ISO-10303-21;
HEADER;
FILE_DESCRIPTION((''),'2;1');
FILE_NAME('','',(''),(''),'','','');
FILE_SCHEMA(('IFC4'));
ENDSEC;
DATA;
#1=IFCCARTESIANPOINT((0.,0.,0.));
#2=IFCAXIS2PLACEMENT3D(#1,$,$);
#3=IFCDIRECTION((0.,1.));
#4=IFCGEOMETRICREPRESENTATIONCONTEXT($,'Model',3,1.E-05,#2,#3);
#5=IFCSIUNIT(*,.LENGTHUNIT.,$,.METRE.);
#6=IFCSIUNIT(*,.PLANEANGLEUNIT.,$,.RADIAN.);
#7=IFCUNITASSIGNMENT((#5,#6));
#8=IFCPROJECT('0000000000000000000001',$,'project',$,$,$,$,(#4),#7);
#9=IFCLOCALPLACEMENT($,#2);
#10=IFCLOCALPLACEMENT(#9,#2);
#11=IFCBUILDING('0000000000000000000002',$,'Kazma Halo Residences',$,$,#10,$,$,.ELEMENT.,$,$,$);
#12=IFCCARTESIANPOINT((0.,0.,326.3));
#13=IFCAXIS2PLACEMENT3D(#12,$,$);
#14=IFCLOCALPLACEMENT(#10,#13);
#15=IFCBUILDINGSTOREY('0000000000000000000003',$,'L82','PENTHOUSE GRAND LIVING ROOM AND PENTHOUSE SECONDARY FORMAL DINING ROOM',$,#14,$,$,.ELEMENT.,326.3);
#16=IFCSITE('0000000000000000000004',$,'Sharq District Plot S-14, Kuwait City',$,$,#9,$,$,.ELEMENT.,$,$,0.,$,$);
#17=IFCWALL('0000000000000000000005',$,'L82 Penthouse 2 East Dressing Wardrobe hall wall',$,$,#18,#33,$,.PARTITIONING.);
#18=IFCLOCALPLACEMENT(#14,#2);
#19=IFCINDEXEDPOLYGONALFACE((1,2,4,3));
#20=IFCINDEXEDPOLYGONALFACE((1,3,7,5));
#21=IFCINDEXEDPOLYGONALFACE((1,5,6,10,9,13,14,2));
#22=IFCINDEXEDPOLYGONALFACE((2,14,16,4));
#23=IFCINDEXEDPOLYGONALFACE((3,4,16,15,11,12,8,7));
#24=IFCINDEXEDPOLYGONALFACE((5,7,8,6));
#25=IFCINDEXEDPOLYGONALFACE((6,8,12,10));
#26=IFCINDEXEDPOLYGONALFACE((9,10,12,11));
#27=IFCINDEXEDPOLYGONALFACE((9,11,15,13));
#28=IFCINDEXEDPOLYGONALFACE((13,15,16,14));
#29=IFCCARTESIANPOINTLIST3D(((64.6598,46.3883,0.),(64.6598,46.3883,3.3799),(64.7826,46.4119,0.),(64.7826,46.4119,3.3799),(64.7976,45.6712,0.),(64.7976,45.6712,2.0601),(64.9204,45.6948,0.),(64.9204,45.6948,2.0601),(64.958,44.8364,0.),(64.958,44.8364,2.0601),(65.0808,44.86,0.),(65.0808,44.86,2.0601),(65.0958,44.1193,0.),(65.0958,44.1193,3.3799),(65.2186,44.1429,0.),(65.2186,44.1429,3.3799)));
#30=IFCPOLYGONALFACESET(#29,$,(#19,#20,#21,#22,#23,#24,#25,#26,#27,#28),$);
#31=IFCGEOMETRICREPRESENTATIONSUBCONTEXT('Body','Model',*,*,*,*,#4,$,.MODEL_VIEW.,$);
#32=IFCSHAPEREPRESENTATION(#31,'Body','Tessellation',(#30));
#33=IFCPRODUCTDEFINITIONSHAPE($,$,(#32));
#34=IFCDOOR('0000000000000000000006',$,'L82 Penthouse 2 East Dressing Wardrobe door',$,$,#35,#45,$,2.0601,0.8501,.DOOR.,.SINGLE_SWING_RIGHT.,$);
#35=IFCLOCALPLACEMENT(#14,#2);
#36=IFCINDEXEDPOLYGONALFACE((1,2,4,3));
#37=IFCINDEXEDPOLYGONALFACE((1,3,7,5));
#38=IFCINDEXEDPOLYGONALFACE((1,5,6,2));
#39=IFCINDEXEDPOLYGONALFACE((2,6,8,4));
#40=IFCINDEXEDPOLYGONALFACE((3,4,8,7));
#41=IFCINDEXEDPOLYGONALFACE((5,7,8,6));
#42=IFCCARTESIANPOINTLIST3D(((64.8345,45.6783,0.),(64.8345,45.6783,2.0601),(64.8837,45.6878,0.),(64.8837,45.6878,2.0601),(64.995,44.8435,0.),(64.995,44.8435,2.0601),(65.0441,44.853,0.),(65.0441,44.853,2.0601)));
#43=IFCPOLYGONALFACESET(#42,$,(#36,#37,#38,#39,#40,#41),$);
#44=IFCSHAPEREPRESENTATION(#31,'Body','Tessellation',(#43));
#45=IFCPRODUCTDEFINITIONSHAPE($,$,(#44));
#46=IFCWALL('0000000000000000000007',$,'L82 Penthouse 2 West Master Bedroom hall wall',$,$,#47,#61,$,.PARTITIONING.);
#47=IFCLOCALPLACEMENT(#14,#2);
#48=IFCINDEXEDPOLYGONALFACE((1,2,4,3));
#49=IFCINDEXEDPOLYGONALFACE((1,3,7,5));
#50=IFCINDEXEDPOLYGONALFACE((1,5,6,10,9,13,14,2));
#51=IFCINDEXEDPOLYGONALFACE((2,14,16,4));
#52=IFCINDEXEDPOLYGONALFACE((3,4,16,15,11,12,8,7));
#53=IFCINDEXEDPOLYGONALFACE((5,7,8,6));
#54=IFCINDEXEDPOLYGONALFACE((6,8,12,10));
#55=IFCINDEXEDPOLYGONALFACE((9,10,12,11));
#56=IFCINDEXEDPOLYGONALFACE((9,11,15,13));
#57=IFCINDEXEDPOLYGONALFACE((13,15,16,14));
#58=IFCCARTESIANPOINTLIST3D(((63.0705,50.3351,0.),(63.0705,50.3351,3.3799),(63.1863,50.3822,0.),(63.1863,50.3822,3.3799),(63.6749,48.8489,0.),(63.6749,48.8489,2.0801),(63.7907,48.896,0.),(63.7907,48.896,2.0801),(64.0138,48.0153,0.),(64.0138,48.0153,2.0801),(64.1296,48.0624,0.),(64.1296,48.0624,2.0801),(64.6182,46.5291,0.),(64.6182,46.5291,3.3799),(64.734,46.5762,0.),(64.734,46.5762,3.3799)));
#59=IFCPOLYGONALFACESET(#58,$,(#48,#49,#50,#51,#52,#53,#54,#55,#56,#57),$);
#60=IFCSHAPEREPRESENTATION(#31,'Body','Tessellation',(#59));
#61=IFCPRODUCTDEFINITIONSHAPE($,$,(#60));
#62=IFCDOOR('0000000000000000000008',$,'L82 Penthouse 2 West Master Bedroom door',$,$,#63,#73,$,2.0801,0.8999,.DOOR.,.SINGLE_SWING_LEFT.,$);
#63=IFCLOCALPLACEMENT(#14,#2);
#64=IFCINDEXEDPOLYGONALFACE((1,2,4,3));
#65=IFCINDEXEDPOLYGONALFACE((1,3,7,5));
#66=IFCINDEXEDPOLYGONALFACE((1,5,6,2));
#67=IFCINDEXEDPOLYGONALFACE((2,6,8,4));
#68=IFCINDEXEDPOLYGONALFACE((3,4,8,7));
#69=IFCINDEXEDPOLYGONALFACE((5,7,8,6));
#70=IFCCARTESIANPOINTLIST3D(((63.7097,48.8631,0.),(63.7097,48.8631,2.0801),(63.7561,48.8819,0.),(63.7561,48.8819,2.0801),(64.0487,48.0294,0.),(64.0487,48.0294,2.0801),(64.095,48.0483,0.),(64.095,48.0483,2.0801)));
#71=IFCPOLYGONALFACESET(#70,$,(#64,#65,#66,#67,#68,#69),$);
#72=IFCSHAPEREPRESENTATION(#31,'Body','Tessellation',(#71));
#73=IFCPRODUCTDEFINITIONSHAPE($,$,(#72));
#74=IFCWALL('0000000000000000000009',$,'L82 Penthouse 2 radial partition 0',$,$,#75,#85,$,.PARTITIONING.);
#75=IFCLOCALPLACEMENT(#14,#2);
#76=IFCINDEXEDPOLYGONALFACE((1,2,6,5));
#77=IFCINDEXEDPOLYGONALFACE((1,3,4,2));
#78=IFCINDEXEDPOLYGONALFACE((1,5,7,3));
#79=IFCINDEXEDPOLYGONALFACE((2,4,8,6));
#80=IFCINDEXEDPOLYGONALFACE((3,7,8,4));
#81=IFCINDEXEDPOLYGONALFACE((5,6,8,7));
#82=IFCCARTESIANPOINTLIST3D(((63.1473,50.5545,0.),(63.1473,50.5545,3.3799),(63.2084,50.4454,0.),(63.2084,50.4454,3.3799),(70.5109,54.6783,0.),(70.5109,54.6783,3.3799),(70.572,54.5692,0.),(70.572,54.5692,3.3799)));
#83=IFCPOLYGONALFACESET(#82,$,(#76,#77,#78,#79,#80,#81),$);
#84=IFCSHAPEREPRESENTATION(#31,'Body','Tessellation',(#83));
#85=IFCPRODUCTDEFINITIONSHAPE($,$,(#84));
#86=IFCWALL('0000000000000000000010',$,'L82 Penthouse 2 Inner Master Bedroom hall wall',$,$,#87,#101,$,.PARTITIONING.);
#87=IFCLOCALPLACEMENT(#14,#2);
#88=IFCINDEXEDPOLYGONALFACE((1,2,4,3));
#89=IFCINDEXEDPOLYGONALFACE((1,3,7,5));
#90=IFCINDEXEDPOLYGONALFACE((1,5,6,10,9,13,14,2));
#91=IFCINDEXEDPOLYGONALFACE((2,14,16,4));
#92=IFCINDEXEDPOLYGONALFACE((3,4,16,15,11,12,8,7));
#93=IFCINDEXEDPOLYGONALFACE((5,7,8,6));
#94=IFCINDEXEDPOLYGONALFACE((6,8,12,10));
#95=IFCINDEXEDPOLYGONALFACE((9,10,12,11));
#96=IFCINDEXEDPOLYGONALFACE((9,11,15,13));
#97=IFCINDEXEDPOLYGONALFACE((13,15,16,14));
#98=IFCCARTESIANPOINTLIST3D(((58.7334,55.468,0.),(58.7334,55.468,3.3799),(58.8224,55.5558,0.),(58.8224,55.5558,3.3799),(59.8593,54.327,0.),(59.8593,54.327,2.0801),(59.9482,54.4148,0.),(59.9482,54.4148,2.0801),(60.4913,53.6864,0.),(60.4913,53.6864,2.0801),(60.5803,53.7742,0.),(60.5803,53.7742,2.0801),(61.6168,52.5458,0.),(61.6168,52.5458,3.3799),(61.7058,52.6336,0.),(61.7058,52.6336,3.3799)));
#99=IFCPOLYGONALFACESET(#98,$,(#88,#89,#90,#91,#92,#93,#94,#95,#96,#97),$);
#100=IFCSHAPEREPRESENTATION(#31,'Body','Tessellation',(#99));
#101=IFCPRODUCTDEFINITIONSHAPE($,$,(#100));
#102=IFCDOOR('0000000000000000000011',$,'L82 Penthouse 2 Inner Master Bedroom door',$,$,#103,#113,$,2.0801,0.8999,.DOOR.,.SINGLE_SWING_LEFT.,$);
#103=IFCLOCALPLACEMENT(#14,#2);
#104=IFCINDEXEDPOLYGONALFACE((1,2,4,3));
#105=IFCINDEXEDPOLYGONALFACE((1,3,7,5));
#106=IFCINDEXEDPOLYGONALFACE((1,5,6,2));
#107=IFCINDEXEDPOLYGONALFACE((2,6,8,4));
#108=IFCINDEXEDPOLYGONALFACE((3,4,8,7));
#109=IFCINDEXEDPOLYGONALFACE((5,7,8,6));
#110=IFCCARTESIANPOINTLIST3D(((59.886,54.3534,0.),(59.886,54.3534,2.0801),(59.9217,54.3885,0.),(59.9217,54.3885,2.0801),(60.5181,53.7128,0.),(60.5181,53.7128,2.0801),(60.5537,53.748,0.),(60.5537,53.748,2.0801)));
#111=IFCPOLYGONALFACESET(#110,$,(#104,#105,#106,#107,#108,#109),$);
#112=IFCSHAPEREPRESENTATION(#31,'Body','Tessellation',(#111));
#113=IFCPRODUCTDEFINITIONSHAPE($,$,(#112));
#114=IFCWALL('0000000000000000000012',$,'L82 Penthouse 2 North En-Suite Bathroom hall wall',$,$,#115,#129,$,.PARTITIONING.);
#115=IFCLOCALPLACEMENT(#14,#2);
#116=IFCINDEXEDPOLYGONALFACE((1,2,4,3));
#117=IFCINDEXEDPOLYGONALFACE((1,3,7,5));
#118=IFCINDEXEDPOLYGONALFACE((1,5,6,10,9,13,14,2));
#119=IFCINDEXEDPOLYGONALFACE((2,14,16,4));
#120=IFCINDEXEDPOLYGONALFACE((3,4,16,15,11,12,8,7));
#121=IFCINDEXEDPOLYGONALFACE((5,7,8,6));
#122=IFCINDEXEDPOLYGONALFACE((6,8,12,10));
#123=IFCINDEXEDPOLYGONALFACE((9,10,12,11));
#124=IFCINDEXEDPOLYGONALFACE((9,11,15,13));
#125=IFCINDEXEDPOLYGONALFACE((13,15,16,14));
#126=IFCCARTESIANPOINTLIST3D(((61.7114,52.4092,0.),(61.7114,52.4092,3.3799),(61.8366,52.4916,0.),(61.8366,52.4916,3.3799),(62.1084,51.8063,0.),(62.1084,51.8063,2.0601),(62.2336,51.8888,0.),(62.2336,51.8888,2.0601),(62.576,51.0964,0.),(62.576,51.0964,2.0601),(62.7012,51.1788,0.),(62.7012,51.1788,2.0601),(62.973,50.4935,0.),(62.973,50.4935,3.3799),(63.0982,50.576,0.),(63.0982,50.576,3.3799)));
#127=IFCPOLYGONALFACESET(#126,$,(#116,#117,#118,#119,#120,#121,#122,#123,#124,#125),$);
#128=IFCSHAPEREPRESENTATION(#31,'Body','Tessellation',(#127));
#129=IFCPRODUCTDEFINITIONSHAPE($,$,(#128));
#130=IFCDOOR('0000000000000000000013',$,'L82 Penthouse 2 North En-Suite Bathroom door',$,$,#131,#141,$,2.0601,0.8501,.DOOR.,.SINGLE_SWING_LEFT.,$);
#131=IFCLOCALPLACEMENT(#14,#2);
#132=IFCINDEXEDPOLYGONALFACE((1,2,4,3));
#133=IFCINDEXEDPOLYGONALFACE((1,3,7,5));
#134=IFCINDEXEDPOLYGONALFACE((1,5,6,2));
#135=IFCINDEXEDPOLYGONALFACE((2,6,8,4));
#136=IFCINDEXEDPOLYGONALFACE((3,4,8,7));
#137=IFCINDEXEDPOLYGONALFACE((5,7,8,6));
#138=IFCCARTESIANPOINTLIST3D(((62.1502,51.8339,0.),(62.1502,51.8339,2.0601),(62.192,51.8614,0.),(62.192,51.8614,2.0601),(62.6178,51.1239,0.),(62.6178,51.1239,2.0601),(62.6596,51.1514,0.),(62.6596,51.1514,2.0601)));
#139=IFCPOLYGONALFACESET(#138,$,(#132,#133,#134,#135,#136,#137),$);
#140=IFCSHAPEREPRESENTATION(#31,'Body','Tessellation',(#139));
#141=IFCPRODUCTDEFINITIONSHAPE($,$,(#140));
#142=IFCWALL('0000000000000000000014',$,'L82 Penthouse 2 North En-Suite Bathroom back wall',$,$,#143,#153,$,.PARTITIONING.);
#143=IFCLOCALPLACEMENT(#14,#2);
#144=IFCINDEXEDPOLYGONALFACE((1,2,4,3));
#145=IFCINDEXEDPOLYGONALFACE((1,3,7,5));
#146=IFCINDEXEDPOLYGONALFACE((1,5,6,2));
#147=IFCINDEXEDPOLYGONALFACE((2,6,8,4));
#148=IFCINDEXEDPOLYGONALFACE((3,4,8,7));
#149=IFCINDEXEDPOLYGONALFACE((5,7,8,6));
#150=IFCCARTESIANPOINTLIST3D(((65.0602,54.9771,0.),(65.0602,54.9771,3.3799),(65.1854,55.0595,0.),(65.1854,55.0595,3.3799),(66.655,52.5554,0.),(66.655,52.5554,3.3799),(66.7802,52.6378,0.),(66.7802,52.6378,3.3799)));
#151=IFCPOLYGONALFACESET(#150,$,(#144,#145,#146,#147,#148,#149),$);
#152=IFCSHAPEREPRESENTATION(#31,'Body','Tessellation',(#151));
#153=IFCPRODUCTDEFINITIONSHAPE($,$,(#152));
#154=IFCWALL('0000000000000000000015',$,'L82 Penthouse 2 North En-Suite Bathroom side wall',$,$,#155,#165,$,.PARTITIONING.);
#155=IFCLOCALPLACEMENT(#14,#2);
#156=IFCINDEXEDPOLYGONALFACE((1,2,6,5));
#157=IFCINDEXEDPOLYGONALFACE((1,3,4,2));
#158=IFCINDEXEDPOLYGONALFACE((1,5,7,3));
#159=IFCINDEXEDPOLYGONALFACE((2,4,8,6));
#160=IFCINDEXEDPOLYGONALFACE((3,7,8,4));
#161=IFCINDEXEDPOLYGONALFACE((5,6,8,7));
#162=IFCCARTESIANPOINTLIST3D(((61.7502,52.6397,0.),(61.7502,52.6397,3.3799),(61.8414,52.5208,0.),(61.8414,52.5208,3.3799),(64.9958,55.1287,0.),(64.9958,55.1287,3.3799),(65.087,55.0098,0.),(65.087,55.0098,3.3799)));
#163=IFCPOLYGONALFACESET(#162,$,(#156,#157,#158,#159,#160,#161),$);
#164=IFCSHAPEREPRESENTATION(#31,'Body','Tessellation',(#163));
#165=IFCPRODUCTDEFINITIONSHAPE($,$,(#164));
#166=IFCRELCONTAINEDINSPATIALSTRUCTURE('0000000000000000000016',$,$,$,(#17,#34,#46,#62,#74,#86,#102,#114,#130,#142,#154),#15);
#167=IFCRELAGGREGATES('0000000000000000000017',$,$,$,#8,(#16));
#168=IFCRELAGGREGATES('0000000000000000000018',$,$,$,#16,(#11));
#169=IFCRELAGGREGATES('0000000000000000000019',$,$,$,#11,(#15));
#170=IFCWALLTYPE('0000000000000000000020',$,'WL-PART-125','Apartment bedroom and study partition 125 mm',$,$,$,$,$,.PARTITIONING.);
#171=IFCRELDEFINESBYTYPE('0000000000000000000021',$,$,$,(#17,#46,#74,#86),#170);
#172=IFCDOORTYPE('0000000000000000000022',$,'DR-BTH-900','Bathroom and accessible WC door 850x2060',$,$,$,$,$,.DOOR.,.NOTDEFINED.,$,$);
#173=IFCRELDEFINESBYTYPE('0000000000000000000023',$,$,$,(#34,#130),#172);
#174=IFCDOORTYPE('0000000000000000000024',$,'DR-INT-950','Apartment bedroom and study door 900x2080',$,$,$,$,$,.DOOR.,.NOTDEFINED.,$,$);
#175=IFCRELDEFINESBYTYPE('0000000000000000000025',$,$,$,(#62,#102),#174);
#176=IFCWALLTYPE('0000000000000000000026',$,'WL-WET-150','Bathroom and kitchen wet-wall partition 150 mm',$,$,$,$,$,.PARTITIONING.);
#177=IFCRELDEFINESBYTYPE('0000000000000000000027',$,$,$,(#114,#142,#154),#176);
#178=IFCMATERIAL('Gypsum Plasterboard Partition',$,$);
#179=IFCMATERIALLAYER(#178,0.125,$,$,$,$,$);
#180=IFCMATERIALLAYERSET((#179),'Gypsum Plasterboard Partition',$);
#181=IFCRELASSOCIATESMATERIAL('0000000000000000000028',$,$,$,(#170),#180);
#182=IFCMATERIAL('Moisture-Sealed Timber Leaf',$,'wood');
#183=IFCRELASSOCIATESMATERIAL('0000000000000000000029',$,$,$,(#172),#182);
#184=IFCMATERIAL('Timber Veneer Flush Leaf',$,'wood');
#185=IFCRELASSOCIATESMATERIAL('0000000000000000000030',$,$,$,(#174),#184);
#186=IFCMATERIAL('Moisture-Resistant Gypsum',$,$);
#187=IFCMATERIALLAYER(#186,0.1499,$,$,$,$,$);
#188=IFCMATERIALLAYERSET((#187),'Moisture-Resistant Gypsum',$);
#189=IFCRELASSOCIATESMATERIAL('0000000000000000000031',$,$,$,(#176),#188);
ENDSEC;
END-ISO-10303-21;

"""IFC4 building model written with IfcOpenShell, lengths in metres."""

from ifc_helpers import new_model, si_unit, direction, frame, frame_2d, origin, place, context, subcontext, project, spatial, rectangle, extrude, material, layer, layer_set, type_object, element, fill, save


model = new_model("IFC4")

# Units and contexts
model_context = context("Model", 3, precision=1e-05, world=origin(), true_north=direction((0.0, 1.0)))
body_context = subcontext(model_context, "Body", "Model", "MODEL_VIEW")
ifc_project = project(units=[si_unit("LENGTHUNIT", "METRE"), si_unit("PLANEANGLEUNIT", "RADIAN")], contexts=[model_context])

# Site, building, storey
site_placement = place(None, origin())
site = spatial("IfcSite", under=ifc_project, at=site_placement, Name="Sharq District Plot S-14, Kuwait City", CompositionType="ELEMENT", RefElevation=0.0)
building_placement = place(site_placement, origin())
building = spatial("IfcBuilding", under=site, at=building_placement, Name="Kazma Halo Residences", CompositionType="ELEMENT")
storey_placement = place(building_placement, frame((0.0, 0.0, 326.3)))
storey = spatial("IfcBuildingStorey", under=building, at=storey_placement, Name="L82", Description="PENTHOUSE GRAND LIVING ROOM AND PENTHOUSE SECONDARY FORMAL DINING ROOM", CompositionType="ELEMENT", Elevation=326.3)

# Shared definitions
ifc_material_1 = material(Name="Gypsum Plasterboard Partition")
ifc_layer_1 = layer(ifc_material_1, 0.125)
ifc_layer_set_1 = layer_set([ifc_layer_1], Name="Gypsum Plasterboard Partition")
wall_type_1 = type_object("IfcWallType", Name="WL-PART-125", Description="Apartment bedroom and study partition 125 mm", PredefinedType="PARTITIONING", material=ifc_layer_set_1)

# Walls, openings, doors
wall_1_placement = place(storey_placement, frame((65.1572, 44.1311, 0.0), z_axis=(0.0, 0.0, 1.0), x_axis=(-0.188714, 0.982032, 0.0)))
wall_1 = element("IfcWall", 1, at=wall_1_placement, inside=storey, type_object=wall_type_1, Name="L82 Penthouse 2 East Dressing Wardrobe hall wall", PredefinedType="PARTITIONING", context=body_context, shape_type="SweptSolid", body=[
    extrude(rectangle(XDim=2.3105, YDim=0.125, at=frame_2d((1.1553, 0.0))), origin(), (0.0, 0.0, 1.0), 3.3799),
])
opening_1_placement = place(wall_1_placement, frame((0.7302, 0.0, 0.0)))
opening_1 = element("IfcOpeningElement", 2, at=opening_1_placement, cuts=wall_1, PredefinedType="OPENING", context=body_context, shape_type="SweptSolid", body=[
    extrude(rectangle(XDim=0.8501, YDim=2.0601, at=frame_2d((0.425, 1.03))), frame((0.0, 0.0725, 0.0), z_axis=(0.0, -1.0, 0.0), x_axis=(1.0, 0.0, 0.0)), (0.0, 0.0, 1.0), 0.145),
])
ifc_material_2 = material(Name="Moisture-Sealed Timber Leaf", Category="wood")
door_type_1 = type_object("IfcDoorType", Name="DR-BTH-900", Description="Bathroom and accessible WC door 850x2060", OperationType="NOTDEFINED", PredefinedType="DOOR", material=ifc_material_2)
door_1_placement = place(opening_1_placement, origin())
door_1 = element("IfcDoor", 3, at=door_1_placement, inside=storey, type_object=door_type_1, Name="L82 Penthouse 2 East Dressing Wardrobe door", OperationType="SINGLE_SWING_RIGHT", OverallHeight=2.0601, OverallWidth=0.8501, PredefinedType="DOOR", context=body_context, shape_type="SweptSolid", body=[
    extrude(rectangle(XDim=0.8501, YDim=2.0601, at=frame_2d((0.425, 1.03))), frame((0.0, 0.0249, 0.0), z_axis=(0.0, -1.0, 0.0), x_axis=(1.0, 0.0, 0.0)), (0.0, 0.0, 1.0), 0.05),
])
fill(opening_1, door_1)
wall_2_placement = place(storey_placement, frame((64.676, 46.5527, 0.0), z_axis=(0.0, 0.0, 1.0), x_axis=(-0.376681, 0.926343, 0.0)))
wall_2 = element("IfcWall", 4, at=wall_2_placement, inside=storey, type_object=wall_type_1, Name="L82 Penthouse 2 West Master Bedroom hall wall", PredefinedType="PARTITIONING", context=body_context, shape_type="SweptSolid", body=[
    extrude(rectangle(XDim=4.1086, YDim=0.125, at=frame_2d((2.0542, 0.0))), origin(), (0.0, 0.0, 1.0), 3.3799),
])
opening_2_placement = place(wall_2_placement, frame((1.6042, 0.0, 0.0)))
opening_2 = element("IfcOpeningElement", 5, at=opening_2_placement, cuts=wall_2, PredefinedType="OPENING", context=body_context, shape_type="SweptSolid", body=[
    extrude(rectangle(XDim=0.8999, YDim=2.0801, at=frame_2d((0.45, 1.04))), frame((0.0, 0.0725, 0.0), z_axis=(0.0, -1.0, 0.0), x_axis=(1.0, 0.0, 0.0)), (0.0, 0.0, 1.0), 0.145),
])
ifc_material_3 = material(Name="Timber Veneer Flush Leaf", Category="wood")
door_type_2 = type_object("IfcDoorType", Name="DR-INT-950", Description="Apartment bedroom and study door 900x2080", OperationType="NOTDEFINED", PredefinedType="DOOR", material=ifc_material_3)
door_2_placement = place(opening_2_placement, origin())
door_2 = element("IfcDoor", 6, at=door_2_placement, inside=storey, type_object=door_type_2, Name="L82 Penthouse 2 West Master Bedroom door", OperationType="SINGLE_SWING_LEFT", OverallHeight=2.0801, OverallWidth=0.8999, PredefinedType="DOOR", context=body_context, shape_type="SweptSolid", body=[
    extrude(rectangle(XDim=0.8999, YDim=2.0801, at=frame_2d((0.45, 1.04))), frame((0.0, 0.0249, 0.0), z_axis=(0.0, -1.0, 0.0), x_axis=(1.0, 0.0, 0.0)), (0.0, 0.0, 1.0), 0.05),
])
fill(opening_2, door_2)

# Wall
wall_3_placement = place(storey_placement, frame((63.178, 50.5, 0.0), z_axis=(0.0, 0.0, 1.0), x_axis=(0.872496, 0.488622, 0.0)))
element("IfcWall", 7, at=wall_3_placement, inside=storey, type_object=wall_type_1, Name="L82 Penthouse 2 radial partition 0", PredefinedType="PARTITIONING", context=body_context, shape_type="SweptSolid", body=[
    extrude(rectangle(XDim=8.4397, YDim=0.125, at=frame_2d((4.2197, 0.0))), origin(), (0.0, 0.0, 1.0), 3.3799),
])

# Walls, openings, doors
wall_4_placement = place(storey_placement, frame((61.6614, 52.5896, 0.0), z_axis=(0.0, 0.0, 1.0), x_axis=(-0.702363, 0.711819, 0.0)))
wall_4 = element("IfcWall", 8, at=wall_4_placement, inside=storey, type_object=wall_type_1, Name="L82 Penthouse 2 Inner Master Bedroom hall wall", PredefinedType="PARTITIONING", context=body_context, shape_type="SweptSolid", body=[
    extrude(rectangle(XDim=4.1052, YDim=0.125, at=frame_2d((2.0527, 0.0))), origin(), (0.0, 0.0, 1.0), 3.3799),
])
opening_3_placement = place(wall_4_placement, frame((1.6025, 0.0, 0.0)))
opening_3 = element("IfcOpeningElement", 9, at=opening_3_placement, cuts=wall_4, PredefinedType="OPENING", context=body_context, shape_type="SweptSolid", body=[
    extrude(rectangle(XDim=0.8999, YDim=2.0801, at=frame_2d((0.45, 1.04))), frame((0.0, 0.0725, 0.0), z_axis=(0.0, -1.0, 0.0), x_axis=(1.0, 0.0, 0.0)), (0.0, 0.0, 1.0), 0.145),
])
door_3_placement = place(opening_3_placement, origin())
door_3 = element("IfcDoor", 10, at=door_3_placement, inside=storey, type_object=door_type_2, Name="L82 Penthouse 2 Inner Master Bedroom door", OperationType="SINGLE_SWING_LEFT", OverallHeight=2.0801, OverallWidth=0.8999, PredefinedType="DOOR", context=body_context, shape_type="SweptSolid", body=[
    extrude(rectangle(XDim=0.8999, YDim=2.0801, at=frame_2d((0.45, 1.04))), frame((0.0, 0.0249, 0.0), z_axis=(0.0, -1.0, 0.0), x_axis=(1.0, 0.0, 0.0)), (0.0, 0.0, 1.0), 0.05),
])
fill(opening_3, door_3)
ifc_material_4 = material(Name="Moisture-Resistant Gypsum")
ifc_layer_2 = layer(ifc_material_4, 0.1499)
ifc_layer_set_2 = layer_set([ifc_layer_2], Name="Moisture-Resistant Gypsum")
wall_type_2 = type_object("IfcWallType", Name="WL-WET-150", Description="Bathroom and kitchen wet-wall partition 150 mm", PredefinedType="PARTITIONING", material=ifc_layer_set_2)
wall_5_placement = place(storey_placement, frame((63.0356, 50.5347, 0.0), z_axis=(0.0, 0.0, 1.0), x_axis=(-0.55, 0.835165, 0.0)))
wall_5 = element("IfcWall", 11, at=wall_5_placement, inside=storey, type_object=wall_type_2, Name="L82 Penthouse 2 North En-Suite Bathroom hall wall", PredefinedType="PARTITIONING", context=body_context, shape_type="SweptSolid", body=[
    extrude(rectangle(XDim=2.2937, YDim=0.1499, at=frame_2d((1.147, 0.0))), origin(), (0.0, 0.0, 1.0), 3.3799),
])
opening_4_placement = place(wall_5_placement, frame((0.7219, 0.0, 0.0)))
opening_4 = element("IfcOpeningElement", 12, at=opening_4_placement, cuts=wall_5, PredefinedType="OPENING", context=body_context, shape_type="SweptSolid", body=[
    extrude(rectangle(XDim=0.8501, YDim=2.0601, at=frame_2d((0.425, 1.03))), frame((0.0, 0.085, 0.0), z_axis=(0.0, -1.0, 0.0), x_axis=(1.0, 0.0, 0.0)), (0.0, 0.0, 1.0), 0.1699),
])
door_4_placement = place(opening_4_placement, origin())
door_4 = element("IfcDoor", 13, at=door_4_placement, inside=storey, type_object=door_type_1, Name="L82 Penthouse 2 North En-Suite Bathroom door", OperationType="SINGLE_SWING_LEFT", OverallHeight=2.0601, OverallWidth=0.8501, PredefinedType="DOOR", context=body_context, shape_type="SweptSolid", body=[
    extrude(rectangle(XDim=0.8501, YDim=2.0601, at=frame_2d((0.425, 1.03))), frame((0.0, 0.0249, 0.0), z_axis=(0.0, -1.0, 0.0), x_axis=(1.0, 0.0, 0.0)), (0.0, 0.0, 1.0), 0.05),
])
fill(opening_4, door_4)

# Walls
wall_6_placement = place(storey_placement, frame((66.7175, 52.5967, 0.0), z_axis=(0.0, 0.0, 1.0), x_axis=(-0.549989, 0.835172, 0.0)))
element("IfcWall", 14, at=wall_6_placement, inside=storey, type_object=wall_type_2, Name="L82 Penthouse 2 North En-Suite Bathroom back wall", PredefinedType="PARTITIONING", context=body_context, shape_type="SweptSolid", body=[
    extrude(rectangle(XDim=2.8997, YDim=0.1499, at=frame_2d((1.4497, 0.0))), origin(), (0.0, 0.0, 1.0), 3.3799),
])
wall_7_placement = place(storey_placement, frame((61.7959, 52.5803, 0.0), z_axis=(0.0, 0.0, 1.0), x_axis=(0.793522, 0.608542, 0.0)))
element("IfcWall", 15, at=wall_7_placement, inside=storey, type_object=wall_type_2, Name="L82 Penthouse 2 North En-Suite Bathroom side wall", PredefinedType="PARTITIONING", context=body_context, shape_type="SweptSolid", body=[
    extrude(rectangle(XDim=4.0901, YDim=0.1499, at=frame_2d((2.0449, 0.0))), origin(), (0.0, 0.0, 1.0), 3.3799),
])

save(model, "model.ifc")
